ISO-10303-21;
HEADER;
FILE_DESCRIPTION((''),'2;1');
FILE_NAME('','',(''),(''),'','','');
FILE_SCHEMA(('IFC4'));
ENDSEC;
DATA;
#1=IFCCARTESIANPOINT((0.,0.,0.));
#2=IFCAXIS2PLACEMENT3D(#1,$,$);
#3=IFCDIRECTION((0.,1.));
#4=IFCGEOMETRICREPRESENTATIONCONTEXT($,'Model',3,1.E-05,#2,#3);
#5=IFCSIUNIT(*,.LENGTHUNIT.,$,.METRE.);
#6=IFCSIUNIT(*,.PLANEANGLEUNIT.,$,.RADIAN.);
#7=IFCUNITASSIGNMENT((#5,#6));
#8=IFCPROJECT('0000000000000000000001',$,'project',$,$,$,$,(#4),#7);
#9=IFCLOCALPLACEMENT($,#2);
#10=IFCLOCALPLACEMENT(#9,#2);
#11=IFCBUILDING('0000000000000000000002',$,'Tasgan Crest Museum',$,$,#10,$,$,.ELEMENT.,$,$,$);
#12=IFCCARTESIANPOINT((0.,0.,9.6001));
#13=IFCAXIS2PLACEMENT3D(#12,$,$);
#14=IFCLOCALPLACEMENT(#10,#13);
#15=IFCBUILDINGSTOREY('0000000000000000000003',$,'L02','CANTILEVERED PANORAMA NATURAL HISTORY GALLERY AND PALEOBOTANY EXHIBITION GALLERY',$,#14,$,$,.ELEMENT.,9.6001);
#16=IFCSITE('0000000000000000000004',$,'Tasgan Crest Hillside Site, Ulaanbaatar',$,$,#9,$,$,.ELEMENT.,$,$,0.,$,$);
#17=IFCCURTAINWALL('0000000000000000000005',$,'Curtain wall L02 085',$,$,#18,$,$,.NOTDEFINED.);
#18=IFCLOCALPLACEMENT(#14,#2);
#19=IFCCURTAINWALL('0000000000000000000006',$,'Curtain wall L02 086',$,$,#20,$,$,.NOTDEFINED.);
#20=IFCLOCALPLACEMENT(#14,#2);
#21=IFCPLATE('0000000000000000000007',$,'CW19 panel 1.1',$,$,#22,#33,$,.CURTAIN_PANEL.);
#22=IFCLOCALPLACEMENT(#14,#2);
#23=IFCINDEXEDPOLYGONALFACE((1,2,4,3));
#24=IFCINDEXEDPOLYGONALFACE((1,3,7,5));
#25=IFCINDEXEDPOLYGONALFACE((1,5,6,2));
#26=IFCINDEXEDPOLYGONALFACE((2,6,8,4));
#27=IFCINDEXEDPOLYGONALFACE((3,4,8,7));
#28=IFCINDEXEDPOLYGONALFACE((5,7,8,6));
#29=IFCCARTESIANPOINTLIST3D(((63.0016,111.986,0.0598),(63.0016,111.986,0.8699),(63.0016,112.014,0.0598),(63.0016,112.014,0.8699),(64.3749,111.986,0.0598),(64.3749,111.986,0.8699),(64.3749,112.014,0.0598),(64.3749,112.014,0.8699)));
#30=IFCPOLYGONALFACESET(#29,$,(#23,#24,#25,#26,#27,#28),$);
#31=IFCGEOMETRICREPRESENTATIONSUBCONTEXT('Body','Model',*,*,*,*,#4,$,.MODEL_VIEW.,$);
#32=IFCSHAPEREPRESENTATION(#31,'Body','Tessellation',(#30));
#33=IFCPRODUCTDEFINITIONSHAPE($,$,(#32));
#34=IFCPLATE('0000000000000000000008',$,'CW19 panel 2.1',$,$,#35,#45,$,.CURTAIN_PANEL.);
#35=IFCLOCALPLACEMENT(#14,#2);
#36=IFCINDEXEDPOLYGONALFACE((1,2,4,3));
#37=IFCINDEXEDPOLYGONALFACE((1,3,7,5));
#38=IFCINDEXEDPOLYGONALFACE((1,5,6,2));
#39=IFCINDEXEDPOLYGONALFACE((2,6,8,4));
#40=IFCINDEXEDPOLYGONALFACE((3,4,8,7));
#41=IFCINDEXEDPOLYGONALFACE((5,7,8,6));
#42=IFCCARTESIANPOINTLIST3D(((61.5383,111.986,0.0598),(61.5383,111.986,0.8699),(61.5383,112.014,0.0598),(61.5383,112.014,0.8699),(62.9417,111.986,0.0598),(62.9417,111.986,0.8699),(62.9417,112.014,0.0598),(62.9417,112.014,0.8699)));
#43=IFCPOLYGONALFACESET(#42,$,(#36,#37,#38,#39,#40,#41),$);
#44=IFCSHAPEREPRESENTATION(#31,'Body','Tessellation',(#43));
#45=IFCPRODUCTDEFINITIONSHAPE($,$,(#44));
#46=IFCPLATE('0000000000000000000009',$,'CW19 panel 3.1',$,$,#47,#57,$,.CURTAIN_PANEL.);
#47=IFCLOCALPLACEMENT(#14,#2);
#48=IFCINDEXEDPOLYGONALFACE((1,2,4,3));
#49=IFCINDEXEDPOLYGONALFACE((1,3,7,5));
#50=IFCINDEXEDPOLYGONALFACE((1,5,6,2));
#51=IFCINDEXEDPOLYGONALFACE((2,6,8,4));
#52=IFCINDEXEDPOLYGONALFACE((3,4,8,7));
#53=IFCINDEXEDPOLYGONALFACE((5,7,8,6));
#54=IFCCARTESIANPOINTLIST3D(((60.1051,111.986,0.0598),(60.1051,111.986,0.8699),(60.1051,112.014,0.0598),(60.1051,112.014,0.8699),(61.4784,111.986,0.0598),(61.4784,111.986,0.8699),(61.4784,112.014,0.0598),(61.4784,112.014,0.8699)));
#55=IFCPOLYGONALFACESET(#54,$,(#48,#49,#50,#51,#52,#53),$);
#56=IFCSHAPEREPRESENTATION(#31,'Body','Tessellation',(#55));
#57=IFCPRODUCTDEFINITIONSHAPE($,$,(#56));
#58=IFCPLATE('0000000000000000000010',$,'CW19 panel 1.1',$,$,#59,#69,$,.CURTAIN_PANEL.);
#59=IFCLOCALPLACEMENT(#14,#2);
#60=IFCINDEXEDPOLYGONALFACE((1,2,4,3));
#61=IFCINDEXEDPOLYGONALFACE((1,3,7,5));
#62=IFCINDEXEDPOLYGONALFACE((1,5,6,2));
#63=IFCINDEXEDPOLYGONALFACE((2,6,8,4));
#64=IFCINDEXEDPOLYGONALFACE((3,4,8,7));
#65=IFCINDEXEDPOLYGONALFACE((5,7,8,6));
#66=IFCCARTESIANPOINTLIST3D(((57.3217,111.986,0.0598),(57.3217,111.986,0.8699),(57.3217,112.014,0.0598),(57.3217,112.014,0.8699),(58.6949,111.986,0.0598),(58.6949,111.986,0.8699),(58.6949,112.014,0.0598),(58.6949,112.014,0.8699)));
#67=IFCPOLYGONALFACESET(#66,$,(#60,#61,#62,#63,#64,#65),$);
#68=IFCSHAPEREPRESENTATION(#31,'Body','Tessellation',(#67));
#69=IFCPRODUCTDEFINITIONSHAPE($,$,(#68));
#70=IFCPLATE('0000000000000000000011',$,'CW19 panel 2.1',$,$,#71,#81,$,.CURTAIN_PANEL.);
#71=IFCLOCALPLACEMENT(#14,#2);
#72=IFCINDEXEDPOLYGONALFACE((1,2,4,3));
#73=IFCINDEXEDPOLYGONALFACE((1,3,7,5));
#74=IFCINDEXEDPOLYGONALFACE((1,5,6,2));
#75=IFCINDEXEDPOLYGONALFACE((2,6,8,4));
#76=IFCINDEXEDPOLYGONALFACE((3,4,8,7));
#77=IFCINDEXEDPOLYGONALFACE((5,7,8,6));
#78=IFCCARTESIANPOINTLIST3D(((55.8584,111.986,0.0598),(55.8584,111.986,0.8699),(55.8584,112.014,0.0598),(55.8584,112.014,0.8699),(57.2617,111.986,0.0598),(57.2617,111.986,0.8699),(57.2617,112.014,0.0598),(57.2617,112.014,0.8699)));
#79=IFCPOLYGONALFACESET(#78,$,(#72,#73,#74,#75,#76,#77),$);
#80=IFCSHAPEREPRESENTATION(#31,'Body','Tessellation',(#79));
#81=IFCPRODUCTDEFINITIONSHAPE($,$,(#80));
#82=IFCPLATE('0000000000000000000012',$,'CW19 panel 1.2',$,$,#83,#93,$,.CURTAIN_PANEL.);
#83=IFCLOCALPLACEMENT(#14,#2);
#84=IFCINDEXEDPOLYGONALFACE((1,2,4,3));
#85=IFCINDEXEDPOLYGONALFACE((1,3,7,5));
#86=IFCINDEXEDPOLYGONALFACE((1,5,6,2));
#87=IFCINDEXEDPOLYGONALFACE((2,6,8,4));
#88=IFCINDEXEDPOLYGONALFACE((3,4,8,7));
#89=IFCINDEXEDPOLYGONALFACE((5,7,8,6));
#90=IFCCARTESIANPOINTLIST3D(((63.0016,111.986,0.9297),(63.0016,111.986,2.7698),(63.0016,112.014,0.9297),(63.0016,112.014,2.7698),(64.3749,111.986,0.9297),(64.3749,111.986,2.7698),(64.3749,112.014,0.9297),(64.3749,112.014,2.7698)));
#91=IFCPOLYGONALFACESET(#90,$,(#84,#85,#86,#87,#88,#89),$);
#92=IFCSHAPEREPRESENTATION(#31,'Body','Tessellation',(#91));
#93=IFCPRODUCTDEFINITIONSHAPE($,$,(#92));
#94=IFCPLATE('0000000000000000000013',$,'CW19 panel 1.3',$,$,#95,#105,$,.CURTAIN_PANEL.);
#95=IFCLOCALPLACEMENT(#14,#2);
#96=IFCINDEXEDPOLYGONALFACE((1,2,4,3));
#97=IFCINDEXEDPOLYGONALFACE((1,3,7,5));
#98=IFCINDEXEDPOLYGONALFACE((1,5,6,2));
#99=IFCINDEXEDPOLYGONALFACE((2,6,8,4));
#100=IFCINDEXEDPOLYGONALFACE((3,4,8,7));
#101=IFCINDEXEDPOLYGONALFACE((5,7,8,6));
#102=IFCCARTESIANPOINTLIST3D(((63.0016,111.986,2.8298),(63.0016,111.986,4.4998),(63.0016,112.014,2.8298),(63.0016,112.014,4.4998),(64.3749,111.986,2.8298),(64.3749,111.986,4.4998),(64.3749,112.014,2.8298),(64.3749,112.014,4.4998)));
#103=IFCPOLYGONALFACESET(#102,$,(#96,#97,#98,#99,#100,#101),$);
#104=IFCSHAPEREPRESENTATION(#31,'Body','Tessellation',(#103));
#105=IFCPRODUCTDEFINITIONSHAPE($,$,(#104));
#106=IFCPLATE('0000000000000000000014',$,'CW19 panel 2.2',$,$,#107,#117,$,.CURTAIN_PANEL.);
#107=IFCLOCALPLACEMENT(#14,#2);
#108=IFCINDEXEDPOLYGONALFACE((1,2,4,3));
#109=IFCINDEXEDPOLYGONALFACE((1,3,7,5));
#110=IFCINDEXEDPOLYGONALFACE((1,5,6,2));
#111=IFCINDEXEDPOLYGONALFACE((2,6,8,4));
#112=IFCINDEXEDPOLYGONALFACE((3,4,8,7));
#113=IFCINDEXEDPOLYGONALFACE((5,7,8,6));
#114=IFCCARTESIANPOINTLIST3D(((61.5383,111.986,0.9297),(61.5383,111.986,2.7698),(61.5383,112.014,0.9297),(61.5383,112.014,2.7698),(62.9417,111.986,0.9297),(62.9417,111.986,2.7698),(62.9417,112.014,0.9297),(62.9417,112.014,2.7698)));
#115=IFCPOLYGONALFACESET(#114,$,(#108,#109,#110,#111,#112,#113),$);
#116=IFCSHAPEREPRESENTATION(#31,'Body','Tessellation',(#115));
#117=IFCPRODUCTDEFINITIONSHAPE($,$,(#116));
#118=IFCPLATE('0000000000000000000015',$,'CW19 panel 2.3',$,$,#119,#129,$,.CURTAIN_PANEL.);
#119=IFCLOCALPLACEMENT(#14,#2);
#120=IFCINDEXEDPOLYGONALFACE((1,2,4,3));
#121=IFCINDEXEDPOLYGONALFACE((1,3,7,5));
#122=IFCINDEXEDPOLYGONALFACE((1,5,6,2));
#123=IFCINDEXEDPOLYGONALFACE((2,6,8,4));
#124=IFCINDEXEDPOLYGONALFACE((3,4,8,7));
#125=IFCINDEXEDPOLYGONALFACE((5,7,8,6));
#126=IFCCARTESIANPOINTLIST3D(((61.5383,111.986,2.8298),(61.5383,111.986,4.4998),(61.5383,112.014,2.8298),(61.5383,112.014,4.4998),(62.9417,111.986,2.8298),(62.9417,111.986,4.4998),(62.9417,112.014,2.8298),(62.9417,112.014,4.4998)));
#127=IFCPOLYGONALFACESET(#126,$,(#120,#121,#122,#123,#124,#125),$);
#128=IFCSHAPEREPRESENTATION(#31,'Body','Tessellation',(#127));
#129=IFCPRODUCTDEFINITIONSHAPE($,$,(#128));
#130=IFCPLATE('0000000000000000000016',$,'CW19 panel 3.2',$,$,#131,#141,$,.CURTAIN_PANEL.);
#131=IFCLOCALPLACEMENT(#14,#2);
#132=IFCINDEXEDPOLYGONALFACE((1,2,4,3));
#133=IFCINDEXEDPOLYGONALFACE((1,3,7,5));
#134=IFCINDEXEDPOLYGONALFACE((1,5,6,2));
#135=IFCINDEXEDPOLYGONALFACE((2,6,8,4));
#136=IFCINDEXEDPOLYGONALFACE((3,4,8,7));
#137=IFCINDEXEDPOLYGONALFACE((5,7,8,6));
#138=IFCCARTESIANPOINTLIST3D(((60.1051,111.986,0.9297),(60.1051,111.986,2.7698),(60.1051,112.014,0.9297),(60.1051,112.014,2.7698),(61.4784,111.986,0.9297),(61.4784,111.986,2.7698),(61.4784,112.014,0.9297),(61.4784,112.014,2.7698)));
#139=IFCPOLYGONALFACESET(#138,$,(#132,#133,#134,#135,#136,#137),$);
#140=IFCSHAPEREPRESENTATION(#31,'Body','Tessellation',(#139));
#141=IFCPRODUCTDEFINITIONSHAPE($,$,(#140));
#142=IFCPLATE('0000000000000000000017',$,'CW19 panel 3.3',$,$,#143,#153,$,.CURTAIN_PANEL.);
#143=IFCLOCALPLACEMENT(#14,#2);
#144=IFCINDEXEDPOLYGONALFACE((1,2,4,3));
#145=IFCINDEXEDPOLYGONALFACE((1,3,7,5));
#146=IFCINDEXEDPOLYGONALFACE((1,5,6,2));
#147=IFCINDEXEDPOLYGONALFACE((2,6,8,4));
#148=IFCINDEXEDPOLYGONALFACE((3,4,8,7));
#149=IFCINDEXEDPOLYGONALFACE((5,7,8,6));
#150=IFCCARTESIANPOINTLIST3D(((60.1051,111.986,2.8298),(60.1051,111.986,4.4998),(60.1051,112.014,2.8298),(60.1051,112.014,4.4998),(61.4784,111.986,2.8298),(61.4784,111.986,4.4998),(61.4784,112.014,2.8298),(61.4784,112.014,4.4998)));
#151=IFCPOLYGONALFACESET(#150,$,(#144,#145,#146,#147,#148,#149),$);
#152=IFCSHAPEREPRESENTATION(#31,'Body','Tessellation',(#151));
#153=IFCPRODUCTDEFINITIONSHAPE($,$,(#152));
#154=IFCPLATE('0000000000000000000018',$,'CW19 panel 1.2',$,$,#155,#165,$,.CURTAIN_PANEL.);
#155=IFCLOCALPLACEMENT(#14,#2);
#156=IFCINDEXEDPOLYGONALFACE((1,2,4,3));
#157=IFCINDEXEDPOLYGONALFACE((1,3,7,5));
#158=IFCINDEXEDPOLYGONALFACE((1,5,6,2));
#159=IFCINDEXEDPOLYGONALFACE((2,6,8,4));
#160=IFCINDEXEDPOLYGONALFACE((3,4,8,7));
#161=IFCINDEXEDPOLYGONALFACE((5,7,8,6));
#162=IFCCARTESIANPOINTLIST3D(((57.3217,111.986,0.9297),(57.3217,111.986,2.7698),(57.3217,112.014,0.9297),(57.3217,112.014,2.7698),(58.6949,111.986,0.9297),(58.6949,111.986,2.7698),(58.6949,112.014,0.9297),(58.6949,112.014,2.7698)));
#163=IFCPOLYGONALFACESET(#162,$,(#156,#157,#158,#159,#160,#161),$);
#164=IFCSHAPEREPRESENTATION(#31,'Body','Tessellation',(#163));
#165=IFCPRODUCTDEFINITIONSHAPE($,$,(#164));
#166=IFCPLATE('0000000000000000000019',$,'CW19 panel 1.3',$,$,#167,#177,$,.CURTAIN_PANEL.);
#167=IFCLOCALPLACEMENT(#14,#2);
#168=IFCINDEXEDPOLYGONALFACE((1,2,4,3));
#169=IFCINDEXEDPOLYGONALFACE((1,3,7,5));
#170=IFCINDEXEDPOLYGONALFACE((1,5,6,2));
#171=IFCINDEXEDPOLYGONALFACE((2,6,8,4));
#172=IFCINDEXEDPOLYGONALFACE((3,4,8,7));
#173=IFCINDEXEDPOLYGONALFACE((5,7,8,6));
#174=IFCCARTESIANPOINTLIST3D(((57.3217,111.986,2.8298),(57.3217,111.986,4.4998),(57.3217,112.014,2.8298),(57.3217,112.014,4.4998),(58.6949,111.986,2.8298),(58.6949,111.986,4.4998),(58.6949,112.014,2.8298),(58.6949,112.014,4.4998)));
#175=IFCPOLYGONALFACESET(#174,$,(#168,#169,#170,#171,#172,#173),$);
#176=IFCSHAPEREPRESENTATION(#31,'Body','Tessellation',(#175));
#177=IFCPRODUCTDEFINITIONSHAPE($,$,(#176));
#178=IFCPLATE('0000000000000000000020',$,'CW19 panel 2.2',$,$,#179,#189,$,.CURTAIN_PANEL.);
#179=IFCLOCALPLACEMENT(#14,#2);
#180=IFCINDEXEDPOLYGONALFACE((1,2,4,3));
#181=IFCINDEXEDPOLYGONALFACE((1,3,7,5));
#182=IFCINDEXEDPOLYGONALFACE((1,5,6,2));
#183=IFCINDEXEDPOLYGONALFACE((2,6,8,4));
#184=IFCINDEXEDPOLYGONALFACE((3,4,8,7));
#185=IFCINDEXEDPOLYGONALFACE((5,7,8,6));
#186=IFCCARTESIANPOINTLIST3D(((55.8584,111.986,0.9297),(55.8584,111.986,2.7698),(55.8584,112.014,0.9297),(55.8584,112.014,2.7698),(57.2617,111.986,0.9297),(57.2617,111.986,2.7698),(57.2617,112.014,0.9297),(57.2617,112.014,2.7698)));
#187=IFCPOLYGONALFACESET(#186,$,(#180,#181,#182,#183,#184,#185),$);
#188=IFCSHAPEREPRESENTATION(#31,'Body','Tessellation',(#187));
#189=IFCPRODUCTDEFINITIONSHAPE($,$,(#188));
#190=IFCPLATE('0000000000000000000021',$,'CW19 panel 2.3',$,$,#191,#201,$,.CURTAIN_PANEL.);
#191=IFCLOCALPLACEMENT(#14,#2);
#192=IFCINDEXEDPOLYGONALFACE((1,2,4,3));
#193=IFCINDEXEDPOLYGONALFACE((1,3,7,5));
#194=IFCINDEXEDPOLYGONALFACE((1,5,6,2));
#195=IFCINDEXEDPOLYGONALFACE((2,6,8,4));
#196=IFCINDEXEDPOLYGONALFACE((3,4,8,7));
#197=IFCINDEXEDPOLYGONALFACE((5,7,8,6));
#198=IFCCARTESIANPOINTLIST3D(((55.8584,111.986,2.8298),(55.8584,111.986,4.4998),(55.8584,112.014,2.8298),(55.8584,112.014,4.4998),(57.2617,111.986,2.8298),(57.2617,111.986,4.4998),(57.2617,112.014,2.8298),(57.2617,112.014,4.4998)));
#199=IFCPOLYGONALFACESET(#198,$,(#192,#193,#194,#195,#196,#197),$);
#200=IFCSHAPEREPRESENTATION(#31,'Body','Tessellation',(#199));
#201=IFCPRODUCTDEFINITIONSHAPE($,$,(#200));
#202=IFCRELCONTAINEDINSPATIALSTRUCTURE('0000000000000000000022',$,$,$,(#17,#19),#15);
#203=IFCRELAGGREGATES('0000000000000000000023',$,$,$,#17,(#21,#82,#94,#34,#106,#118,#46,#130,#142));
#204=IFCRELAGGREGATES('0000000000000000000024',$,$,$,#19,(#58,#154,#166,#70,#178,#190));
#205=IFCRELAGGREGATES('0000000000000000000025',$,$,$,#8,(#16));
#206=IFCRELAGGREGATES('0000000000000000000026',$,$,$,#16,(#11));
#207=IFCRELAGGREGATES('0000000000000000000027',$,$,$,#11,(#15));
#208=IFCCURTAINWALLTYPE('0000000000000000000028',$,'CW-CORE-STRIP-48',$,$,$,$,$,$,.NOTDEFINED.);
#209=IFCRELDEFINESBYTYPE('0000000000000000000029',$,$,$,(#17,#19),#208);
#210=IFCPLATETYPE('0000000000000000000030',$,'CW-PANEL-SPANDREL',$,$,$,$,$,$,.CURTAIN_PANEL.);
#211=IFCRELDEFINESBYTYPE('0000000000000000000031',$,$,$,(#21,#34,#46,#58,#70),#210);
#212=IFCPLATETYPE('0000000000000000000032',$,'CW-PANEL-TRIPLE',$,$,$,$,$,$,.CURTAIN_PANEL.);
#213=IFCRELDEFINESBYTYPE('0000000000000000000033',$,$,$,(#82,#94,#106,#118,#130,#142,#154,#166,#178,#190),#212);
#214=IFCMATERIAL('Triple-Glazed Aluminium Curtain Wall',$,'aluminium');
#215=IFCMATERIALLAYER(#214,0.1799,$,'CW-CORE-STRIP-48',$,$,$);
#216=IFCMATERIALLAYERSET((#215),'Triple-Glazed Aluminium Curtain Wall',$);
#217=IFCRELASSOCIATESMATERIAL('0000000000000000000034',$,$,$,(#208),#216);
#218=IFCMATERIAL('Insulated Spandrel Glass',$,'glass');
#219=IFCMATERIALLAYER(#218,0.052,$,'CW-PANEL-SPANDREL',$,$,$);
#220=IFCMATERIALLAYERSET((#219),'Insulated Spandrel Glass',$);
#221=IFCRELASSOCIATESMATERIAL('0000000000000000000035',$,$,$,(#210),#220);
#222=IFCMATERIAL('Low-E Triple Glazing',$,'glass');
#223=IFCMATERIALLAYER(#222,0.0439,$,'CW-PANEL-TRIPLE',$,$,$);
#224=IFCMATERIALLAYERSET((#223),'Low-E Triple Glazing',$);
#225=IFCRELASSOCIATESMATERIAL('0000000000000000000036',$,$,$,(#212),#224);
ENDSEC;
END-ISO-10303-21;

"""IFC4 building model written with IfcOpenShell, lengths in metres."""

from ifc_helpers import new_model, si_unit, direction, frame, origin, origin_2d, place, context, subcontext, project, spatial, rectangle, extrude, material, layer, layer_set, type_object, element, aggregate, save


model = new_model("IFC4")

# Units and contexts
model_context = context("Model", 3, precision=1e-05, world=origin(), true_north=direction((0.0, 1.0)))
body_context = subcontext(model_context, "Body", "Model", "MODEL_VIEW")
ifc_project = project(units=[si_unit("LENGTHUNIT", "METRE"), si_unit("PLANEANGLEUNIT", "RADIAN")], contexts=[model_context])

# Site, building, storey
site_placement = place(None, origin())
site = spatial("IfcSite", under=ifc_project, at=site_placement, Name="Tasgan Crest Hillside Site, Ulaanbaatar", CompositionType="ELEMENT", RefElevation=0.0)
building_placement = place(site_placement, origin())
building = spatial("IfcBuilding", under=site, at=building_placement, Name="Tasgan Crest Museum", CompositionType="ELEMENT")
storey_placement = place(building_placement, frame((0.0, 0.0, 9.6001)))
storey = spatial("IfcBuildingStorey", under=building, at=storey_placement, Name="L02", Description="CANTILEVERED PANORAMA NATURAL HISTORY GALLERY AND PALEOBOTANY EXHIBITION GALLERY", CompositionType="ELEMENT", Elevation=9.6001)

# Curtain walls
ifc_material_1 = material(Name="Triple-Glazed Aluminium Curtain Wall", Category="aluminium")
ifc_layer_1 = layer(ifc_material_1, 0.1799, Name="CW-CORE-STRIP-48")
ifc_layer_set_1 = layer_set([ifc_layer_1], Name="Triple-Glazed Aluminium Curtain Wall")
curtain_wall_type = type_object("IfcCurtainWallType", Name="CW-CORE-STRIP-48", PredefinedType="NOTDEFINED", material=ifc_layer_set_1)
curtain_wall_1_placement = place(storey_placement, origin())
curtain_wall_1 = element("IfcCurtainWall", 1, at=curtain_wall_1_placement, inside=storey, type_object=curtain_wall_type, Name="Curtain wall L02 085", PredefinedType="NOTDEFINED")
curtain_wall_2_placement = place(storey_placement, origin())
curtain_wall_2 = element("IfcCurtainWall", 2, at=curtain_wall_2_placement, inside=storey, type_object=curtain_wall_type, Name="Curtain wall L02 086", PredefinedType="NOTDEFINED")

# Plates
ifc_material_2 = material(Name="Insulated Spandrel Glass", Category="glass")
ifc_layer_2 = layer(ifc_material_2, 0.052, Name="CW-PANEL-SPANDREL")
ifc_layer_set_2 = layer_set([ifc_layer_2], Name="Insulated Spandrel Glass")
plate_type_1 = type_object("IfcPlateType", Name="CW-PANEL-SPANDREL", PredefinedType="CURTAIN_PANEL", material=ifc_layer_set_2)
plate_1_placement = place(storey_placement, frame((63.6882, 112.0, 0.0598), z_axis=(0.0, 0.0, 1.0), x_axis=(-1.0, 0.0, 0.0)))
plate_1 = element("IfcPlate", 3, at=plate_1_placement, type_object=plate_type_1, Name="CW19 panel 1.1", PredefinedType="CURTAIN_PANEL", context=body_context, shape_type="SweptSolid", body=[
    extrude(rectangle(XDim=1.3733, YDim=0.0281, at=origin_2d()), origin(), (0.0, 0.0, 1.0), 0.8101),
])
plate_2_placement = place(storey_placement, frame((62.24, 112.0, 0.0598), z_axis=(0.0, 0.0, 1.0), x_axis=(-1.0, 0.0, 0.0)))
plate_2 = element("IfcPlate", 4, at=plate_2_placement, type_object=plate_type_1, Name="CW19 panel 2.1", PredefinedType="CURTAIN_PANEL", context=body_context, shape_type="SweptSolid", body=[
    extrude(rectangle(XDim=1.4033, YDim=0.0281, at=origin_2d()), origin(), (0.0, 0.0, 1.0), 0.8101),
])
plate_3_placement = place(storey_placement, frame((60.7917, 112.0, 0.0598), z_axis=(0.0, 0.0, 1.0), x_axis=(-1.0, 0.0, 0.0)))
plate_3 = element("IfcPlate", 5, at=plate_3_placement, type_object=plate_type_1, Name="CW19 panel 3.1", PredefinedType="CURTAIN_PANEL", context=body_context, shape_type="SweptSolid", body=[
    extrude(rectangle(XDim=1.3733, YDim=0.0281, at=origin_2d()), origin(), (0.0, 0.0, 1.0), 0.8101),
])
plate_4_placement = place(storey_placement, frame((58.0083, 112.0, 0.0598), z_axis=(0.0, 0.0, 1.0), x_axis=(-1.0, 0.0, 0.0)))
plate_4 = element("IfcPlate", 6, at=plate_4_placement, type_object=plate_type_1, Name="CW19 panel 1.1", PredefinedType="CURTAIN_PANEL", context=body_context, shape_type="SweptSolid", body=[
    extrude(rectangle(XDim=1.3733, YDim=0.0281, at=origin_2d()), origin(), (0.0, 0.0, 1.0), 0.8101),
])
plate_5_placement = place(storey_placement, frame((56.5601, 112.0, 0.0598), z_axis=(0.0, 0.0, 1.0), x_axis=(-1.0, 0.0, 0.0)))
plate_5 = element("IfcPlate", 7, at=plate_5_placement, type_object=plate_type_1, Name="CW19 panel 2.1", PredefinedType="CURTAIN_PANEL", context=body_context, shape_type="SweptSolid", body=[
    extrude(rectangle(XDim=1.4033, YDim=0.0281, at=origin_2d()), origin(), (0.0, 0.0, 1.0), 0.8101),
])
ifc_material_3 = material(Name="Low-E Triple Glazing", Category="glass")
ifc_layer_3 = layer(ifc_material_3, 0.0439, Name="CW-PANEL-TRIPLE")
ifc_layer_set_3 = layer_set([ifc_layer_3], Name="Low-E Triple Glazing")
plate_type_2 = type_object("IfcPlateType", Name="CW-PANEL-TRIPLE", PredefinedType="CURTAIN_PANEL", material=ifc_layer_set_3)
plate_6_placement = place(storey_placement, frame((63.6882, 112.0, 0.9297), z_axis=(0.0, 0.0, 1.0), x_axis=(-1.0, 0.0, 0.0)))
plate_6 = element("IfcPlate", 8, at=plate_6_placement, type_object=plate_type_2, Name="CW19 panel 1.2", PredefinedType="CURTAIN_PANEL", context=body_context, shape_type="SweptSolid", body=[
    extrude(rectangle(XDim=1.3733, YDim=0.0281, at=origin_2d()), origin(), (0.0, 0.0, 1.0), 1.8401),
])
plate_7_placement = place(storey_placement, frame((63.6882, 112.0, 2.8298), z_axis=(0.0, 0.0, 1.0), x_axis=(-1.0, 0.0, 0.0)))
plate_7 = element("IfcPlate", 9, at=plate_7_placement, type_object=plate_type_2, Name="CW19 panel 1.3", PredefinedType="CURTAIN_PANEL", context=body_context, shape_type="SweptSolid", body=[
    extrude(rectangle(XDim=1.3733, YDim=0.0281, at=origin_2d()), origin(), (0.0, 0.0, 1.0), 1.6699),
])
plate_8_placement = place(storey_placement, frame((62.24, 112.0, 0.9297), z_axis=(0.0, 0.0, 1.0), x_axis=(-1.0, 0.0, 0.0)))
plate_8 = element("IfcPlate", 10, at=plate_8_placement, type_object=plate_type_2, Name="CW19 panel 2.2", PredefinedType="CURTAIN_PANEL", context=body_context, shape_type="SweptSolid", body=[
    extrude(rectangle(XDim=1.4033, YDim=0.0281, at=origin_2d()), origin(), (0.0, 0.0, 1.0), 1.8401),
])
plate_9_placement = place(storey_placement, frame((62.24, 112.0, 2.8298), z_axis=(0.0, 0.0, 1.0), x_axis=(-1.0, 0.0, 0.0)))
plate_9 = element("IfcPlate", 11, at=plate_9_placement, type_object=plate_type_2, Name="CW19 panel 2.3", PredefinedType="CURTAIN_PANEL", context=body_context, shape_type="SweptSolid", body=[
    extrude(rectangle(XDim=1.4033, YDim=0.0281, at=origin_2d()), origin(), (0.0, 0.0, 1.0), 1.6699),
])
plate_10_placement = place(storey_placement, frame((60.7917, 112.0, 0.9297), z_axis=(0.0, 0.0, 1.0), x_axis=(-1.0, 0.0, 0.0)))
plate_10 = element("IfcPlate", 12, at=plate_10_placement, type_object=plate_type_2, Name="CW19 panel 3.2", PredefinedType="CURTAIN_PANEL", context=body_context, shape_type="SweptSolid", body=[
    extrude(rectangle(XDim=1.3733, YDim=0.0281, at=origin_2d()), origin(), (0.0, 0.0, 1.0), 1.8401),
])
plate_11_placement = place(storey_placement, frame((60.7917, 112.0, 2.8298), z_axis=(0.0, 0.0, 1.0), x_axis=(-1.0, 0.0, 0.0)))
plate_11 = element("IfcPlate", 13, at=plate_11_placement, type_object=plate_type_2, Name="CW19 panel 3.3", PredefinedType="CURTAIN_PANEL", context=body_context, shape_type="SweptSolid", body=[
    extrude(rectangle(XDim=1.3733, YDim=0.0281, at=origin_2d()), origin(), (0.0, 0.0, 1.0), 1.6699),
])
aggregate(curtain_wall_1, [plate_1, plate_6, plate_7, plate_2, plate_8, plate_9, plate_3, plate_10, plate_11])
plate_12_placement = place(storey_placement, frame((58.0083, 112.0, 0.9297), z_axis=(0.0, 0.0, 1.0), x_axis=(-1.0, 0.0, 0.0)))
plate_12 = element("IfcPlate", 14, at=plate_12_placement, type_object=plate_type_2, Name="CW19 panel 1.2", PredefinedType="CURTAIN_PANEL", context=body_context, shape_type="SweptSolid", body=[
    extrude(rectangle(XDim=1.3733, YDim=0.0281, at=origin_2d()), origin(), (0.0, 0.0, 1.0), 1.8401),
])
plate_13_placement = place(storey_placement, frame((58.0083, 112.0, 2.8298), z_axis=(0.0, 0.0, 1.0), x_axis=(-1.0, 0.0, 0.0)))
plate_13 = element("IfcPlate", 15, at=plate_13_placement, type_object=plate_type_2, Name="CW19 panel 1.3", PredefinedType="CURTAIN_PANEL", context=body_context, shape_type="SweptSolid", body=[
    extrude(rectangle(XDim=1.3733, YDim=0.0281, at=origin_2d()), origin(), (0.0, 0.0, 1.0), 1.6699),
])
plate_14_placement = place(storey_placement, frame((56.5601, 112.0, 0.9297), z_axis=(0.0, 0.0, 1.0), x_axis=(-1.0, 0.0, 0.0)))
plate_14 = element("IfcPlate", 16, at=plate_14_placement, type_object=plate_type_2, Name="CW19 panel 2.2", PredefinedType="CURTAIN_PANEL", context=body_context, shape_type="SweptSolid", body=[
    extrude(rectangle(XDim=1.4033, YDim=0.0281, at=origin_2d()), origin(), (0.0, 0.0, 1.0), 1.8401),
])
plate_15_placement = place(storey_placement, frame((56.5601, 112.0, 2.8298), z_axis=(0.0, 0.0, 1.0), x_axis=(-1.0, 0.0, 0.0)))
plate_15 = element("IfcPlate", 17, at=plate_15_placement, type_object=plate_type_2, Name="CW19 panel 2.3", PredefinedType="CURTAIN_PANEL", context=body_context, shape_type="SweptSolid", body=[
    extrude(rectangle(XDim=1.4033, YDim=0.0281, at=origin_2d()), origin(), (0.0, 0.0, 1.0), 1.6699),
])
aggregate(curtain_wall_2, [plate_4, plate_12, plate_13, plate_5, plate_14, plate_15])

save(model, "model.ifc")
